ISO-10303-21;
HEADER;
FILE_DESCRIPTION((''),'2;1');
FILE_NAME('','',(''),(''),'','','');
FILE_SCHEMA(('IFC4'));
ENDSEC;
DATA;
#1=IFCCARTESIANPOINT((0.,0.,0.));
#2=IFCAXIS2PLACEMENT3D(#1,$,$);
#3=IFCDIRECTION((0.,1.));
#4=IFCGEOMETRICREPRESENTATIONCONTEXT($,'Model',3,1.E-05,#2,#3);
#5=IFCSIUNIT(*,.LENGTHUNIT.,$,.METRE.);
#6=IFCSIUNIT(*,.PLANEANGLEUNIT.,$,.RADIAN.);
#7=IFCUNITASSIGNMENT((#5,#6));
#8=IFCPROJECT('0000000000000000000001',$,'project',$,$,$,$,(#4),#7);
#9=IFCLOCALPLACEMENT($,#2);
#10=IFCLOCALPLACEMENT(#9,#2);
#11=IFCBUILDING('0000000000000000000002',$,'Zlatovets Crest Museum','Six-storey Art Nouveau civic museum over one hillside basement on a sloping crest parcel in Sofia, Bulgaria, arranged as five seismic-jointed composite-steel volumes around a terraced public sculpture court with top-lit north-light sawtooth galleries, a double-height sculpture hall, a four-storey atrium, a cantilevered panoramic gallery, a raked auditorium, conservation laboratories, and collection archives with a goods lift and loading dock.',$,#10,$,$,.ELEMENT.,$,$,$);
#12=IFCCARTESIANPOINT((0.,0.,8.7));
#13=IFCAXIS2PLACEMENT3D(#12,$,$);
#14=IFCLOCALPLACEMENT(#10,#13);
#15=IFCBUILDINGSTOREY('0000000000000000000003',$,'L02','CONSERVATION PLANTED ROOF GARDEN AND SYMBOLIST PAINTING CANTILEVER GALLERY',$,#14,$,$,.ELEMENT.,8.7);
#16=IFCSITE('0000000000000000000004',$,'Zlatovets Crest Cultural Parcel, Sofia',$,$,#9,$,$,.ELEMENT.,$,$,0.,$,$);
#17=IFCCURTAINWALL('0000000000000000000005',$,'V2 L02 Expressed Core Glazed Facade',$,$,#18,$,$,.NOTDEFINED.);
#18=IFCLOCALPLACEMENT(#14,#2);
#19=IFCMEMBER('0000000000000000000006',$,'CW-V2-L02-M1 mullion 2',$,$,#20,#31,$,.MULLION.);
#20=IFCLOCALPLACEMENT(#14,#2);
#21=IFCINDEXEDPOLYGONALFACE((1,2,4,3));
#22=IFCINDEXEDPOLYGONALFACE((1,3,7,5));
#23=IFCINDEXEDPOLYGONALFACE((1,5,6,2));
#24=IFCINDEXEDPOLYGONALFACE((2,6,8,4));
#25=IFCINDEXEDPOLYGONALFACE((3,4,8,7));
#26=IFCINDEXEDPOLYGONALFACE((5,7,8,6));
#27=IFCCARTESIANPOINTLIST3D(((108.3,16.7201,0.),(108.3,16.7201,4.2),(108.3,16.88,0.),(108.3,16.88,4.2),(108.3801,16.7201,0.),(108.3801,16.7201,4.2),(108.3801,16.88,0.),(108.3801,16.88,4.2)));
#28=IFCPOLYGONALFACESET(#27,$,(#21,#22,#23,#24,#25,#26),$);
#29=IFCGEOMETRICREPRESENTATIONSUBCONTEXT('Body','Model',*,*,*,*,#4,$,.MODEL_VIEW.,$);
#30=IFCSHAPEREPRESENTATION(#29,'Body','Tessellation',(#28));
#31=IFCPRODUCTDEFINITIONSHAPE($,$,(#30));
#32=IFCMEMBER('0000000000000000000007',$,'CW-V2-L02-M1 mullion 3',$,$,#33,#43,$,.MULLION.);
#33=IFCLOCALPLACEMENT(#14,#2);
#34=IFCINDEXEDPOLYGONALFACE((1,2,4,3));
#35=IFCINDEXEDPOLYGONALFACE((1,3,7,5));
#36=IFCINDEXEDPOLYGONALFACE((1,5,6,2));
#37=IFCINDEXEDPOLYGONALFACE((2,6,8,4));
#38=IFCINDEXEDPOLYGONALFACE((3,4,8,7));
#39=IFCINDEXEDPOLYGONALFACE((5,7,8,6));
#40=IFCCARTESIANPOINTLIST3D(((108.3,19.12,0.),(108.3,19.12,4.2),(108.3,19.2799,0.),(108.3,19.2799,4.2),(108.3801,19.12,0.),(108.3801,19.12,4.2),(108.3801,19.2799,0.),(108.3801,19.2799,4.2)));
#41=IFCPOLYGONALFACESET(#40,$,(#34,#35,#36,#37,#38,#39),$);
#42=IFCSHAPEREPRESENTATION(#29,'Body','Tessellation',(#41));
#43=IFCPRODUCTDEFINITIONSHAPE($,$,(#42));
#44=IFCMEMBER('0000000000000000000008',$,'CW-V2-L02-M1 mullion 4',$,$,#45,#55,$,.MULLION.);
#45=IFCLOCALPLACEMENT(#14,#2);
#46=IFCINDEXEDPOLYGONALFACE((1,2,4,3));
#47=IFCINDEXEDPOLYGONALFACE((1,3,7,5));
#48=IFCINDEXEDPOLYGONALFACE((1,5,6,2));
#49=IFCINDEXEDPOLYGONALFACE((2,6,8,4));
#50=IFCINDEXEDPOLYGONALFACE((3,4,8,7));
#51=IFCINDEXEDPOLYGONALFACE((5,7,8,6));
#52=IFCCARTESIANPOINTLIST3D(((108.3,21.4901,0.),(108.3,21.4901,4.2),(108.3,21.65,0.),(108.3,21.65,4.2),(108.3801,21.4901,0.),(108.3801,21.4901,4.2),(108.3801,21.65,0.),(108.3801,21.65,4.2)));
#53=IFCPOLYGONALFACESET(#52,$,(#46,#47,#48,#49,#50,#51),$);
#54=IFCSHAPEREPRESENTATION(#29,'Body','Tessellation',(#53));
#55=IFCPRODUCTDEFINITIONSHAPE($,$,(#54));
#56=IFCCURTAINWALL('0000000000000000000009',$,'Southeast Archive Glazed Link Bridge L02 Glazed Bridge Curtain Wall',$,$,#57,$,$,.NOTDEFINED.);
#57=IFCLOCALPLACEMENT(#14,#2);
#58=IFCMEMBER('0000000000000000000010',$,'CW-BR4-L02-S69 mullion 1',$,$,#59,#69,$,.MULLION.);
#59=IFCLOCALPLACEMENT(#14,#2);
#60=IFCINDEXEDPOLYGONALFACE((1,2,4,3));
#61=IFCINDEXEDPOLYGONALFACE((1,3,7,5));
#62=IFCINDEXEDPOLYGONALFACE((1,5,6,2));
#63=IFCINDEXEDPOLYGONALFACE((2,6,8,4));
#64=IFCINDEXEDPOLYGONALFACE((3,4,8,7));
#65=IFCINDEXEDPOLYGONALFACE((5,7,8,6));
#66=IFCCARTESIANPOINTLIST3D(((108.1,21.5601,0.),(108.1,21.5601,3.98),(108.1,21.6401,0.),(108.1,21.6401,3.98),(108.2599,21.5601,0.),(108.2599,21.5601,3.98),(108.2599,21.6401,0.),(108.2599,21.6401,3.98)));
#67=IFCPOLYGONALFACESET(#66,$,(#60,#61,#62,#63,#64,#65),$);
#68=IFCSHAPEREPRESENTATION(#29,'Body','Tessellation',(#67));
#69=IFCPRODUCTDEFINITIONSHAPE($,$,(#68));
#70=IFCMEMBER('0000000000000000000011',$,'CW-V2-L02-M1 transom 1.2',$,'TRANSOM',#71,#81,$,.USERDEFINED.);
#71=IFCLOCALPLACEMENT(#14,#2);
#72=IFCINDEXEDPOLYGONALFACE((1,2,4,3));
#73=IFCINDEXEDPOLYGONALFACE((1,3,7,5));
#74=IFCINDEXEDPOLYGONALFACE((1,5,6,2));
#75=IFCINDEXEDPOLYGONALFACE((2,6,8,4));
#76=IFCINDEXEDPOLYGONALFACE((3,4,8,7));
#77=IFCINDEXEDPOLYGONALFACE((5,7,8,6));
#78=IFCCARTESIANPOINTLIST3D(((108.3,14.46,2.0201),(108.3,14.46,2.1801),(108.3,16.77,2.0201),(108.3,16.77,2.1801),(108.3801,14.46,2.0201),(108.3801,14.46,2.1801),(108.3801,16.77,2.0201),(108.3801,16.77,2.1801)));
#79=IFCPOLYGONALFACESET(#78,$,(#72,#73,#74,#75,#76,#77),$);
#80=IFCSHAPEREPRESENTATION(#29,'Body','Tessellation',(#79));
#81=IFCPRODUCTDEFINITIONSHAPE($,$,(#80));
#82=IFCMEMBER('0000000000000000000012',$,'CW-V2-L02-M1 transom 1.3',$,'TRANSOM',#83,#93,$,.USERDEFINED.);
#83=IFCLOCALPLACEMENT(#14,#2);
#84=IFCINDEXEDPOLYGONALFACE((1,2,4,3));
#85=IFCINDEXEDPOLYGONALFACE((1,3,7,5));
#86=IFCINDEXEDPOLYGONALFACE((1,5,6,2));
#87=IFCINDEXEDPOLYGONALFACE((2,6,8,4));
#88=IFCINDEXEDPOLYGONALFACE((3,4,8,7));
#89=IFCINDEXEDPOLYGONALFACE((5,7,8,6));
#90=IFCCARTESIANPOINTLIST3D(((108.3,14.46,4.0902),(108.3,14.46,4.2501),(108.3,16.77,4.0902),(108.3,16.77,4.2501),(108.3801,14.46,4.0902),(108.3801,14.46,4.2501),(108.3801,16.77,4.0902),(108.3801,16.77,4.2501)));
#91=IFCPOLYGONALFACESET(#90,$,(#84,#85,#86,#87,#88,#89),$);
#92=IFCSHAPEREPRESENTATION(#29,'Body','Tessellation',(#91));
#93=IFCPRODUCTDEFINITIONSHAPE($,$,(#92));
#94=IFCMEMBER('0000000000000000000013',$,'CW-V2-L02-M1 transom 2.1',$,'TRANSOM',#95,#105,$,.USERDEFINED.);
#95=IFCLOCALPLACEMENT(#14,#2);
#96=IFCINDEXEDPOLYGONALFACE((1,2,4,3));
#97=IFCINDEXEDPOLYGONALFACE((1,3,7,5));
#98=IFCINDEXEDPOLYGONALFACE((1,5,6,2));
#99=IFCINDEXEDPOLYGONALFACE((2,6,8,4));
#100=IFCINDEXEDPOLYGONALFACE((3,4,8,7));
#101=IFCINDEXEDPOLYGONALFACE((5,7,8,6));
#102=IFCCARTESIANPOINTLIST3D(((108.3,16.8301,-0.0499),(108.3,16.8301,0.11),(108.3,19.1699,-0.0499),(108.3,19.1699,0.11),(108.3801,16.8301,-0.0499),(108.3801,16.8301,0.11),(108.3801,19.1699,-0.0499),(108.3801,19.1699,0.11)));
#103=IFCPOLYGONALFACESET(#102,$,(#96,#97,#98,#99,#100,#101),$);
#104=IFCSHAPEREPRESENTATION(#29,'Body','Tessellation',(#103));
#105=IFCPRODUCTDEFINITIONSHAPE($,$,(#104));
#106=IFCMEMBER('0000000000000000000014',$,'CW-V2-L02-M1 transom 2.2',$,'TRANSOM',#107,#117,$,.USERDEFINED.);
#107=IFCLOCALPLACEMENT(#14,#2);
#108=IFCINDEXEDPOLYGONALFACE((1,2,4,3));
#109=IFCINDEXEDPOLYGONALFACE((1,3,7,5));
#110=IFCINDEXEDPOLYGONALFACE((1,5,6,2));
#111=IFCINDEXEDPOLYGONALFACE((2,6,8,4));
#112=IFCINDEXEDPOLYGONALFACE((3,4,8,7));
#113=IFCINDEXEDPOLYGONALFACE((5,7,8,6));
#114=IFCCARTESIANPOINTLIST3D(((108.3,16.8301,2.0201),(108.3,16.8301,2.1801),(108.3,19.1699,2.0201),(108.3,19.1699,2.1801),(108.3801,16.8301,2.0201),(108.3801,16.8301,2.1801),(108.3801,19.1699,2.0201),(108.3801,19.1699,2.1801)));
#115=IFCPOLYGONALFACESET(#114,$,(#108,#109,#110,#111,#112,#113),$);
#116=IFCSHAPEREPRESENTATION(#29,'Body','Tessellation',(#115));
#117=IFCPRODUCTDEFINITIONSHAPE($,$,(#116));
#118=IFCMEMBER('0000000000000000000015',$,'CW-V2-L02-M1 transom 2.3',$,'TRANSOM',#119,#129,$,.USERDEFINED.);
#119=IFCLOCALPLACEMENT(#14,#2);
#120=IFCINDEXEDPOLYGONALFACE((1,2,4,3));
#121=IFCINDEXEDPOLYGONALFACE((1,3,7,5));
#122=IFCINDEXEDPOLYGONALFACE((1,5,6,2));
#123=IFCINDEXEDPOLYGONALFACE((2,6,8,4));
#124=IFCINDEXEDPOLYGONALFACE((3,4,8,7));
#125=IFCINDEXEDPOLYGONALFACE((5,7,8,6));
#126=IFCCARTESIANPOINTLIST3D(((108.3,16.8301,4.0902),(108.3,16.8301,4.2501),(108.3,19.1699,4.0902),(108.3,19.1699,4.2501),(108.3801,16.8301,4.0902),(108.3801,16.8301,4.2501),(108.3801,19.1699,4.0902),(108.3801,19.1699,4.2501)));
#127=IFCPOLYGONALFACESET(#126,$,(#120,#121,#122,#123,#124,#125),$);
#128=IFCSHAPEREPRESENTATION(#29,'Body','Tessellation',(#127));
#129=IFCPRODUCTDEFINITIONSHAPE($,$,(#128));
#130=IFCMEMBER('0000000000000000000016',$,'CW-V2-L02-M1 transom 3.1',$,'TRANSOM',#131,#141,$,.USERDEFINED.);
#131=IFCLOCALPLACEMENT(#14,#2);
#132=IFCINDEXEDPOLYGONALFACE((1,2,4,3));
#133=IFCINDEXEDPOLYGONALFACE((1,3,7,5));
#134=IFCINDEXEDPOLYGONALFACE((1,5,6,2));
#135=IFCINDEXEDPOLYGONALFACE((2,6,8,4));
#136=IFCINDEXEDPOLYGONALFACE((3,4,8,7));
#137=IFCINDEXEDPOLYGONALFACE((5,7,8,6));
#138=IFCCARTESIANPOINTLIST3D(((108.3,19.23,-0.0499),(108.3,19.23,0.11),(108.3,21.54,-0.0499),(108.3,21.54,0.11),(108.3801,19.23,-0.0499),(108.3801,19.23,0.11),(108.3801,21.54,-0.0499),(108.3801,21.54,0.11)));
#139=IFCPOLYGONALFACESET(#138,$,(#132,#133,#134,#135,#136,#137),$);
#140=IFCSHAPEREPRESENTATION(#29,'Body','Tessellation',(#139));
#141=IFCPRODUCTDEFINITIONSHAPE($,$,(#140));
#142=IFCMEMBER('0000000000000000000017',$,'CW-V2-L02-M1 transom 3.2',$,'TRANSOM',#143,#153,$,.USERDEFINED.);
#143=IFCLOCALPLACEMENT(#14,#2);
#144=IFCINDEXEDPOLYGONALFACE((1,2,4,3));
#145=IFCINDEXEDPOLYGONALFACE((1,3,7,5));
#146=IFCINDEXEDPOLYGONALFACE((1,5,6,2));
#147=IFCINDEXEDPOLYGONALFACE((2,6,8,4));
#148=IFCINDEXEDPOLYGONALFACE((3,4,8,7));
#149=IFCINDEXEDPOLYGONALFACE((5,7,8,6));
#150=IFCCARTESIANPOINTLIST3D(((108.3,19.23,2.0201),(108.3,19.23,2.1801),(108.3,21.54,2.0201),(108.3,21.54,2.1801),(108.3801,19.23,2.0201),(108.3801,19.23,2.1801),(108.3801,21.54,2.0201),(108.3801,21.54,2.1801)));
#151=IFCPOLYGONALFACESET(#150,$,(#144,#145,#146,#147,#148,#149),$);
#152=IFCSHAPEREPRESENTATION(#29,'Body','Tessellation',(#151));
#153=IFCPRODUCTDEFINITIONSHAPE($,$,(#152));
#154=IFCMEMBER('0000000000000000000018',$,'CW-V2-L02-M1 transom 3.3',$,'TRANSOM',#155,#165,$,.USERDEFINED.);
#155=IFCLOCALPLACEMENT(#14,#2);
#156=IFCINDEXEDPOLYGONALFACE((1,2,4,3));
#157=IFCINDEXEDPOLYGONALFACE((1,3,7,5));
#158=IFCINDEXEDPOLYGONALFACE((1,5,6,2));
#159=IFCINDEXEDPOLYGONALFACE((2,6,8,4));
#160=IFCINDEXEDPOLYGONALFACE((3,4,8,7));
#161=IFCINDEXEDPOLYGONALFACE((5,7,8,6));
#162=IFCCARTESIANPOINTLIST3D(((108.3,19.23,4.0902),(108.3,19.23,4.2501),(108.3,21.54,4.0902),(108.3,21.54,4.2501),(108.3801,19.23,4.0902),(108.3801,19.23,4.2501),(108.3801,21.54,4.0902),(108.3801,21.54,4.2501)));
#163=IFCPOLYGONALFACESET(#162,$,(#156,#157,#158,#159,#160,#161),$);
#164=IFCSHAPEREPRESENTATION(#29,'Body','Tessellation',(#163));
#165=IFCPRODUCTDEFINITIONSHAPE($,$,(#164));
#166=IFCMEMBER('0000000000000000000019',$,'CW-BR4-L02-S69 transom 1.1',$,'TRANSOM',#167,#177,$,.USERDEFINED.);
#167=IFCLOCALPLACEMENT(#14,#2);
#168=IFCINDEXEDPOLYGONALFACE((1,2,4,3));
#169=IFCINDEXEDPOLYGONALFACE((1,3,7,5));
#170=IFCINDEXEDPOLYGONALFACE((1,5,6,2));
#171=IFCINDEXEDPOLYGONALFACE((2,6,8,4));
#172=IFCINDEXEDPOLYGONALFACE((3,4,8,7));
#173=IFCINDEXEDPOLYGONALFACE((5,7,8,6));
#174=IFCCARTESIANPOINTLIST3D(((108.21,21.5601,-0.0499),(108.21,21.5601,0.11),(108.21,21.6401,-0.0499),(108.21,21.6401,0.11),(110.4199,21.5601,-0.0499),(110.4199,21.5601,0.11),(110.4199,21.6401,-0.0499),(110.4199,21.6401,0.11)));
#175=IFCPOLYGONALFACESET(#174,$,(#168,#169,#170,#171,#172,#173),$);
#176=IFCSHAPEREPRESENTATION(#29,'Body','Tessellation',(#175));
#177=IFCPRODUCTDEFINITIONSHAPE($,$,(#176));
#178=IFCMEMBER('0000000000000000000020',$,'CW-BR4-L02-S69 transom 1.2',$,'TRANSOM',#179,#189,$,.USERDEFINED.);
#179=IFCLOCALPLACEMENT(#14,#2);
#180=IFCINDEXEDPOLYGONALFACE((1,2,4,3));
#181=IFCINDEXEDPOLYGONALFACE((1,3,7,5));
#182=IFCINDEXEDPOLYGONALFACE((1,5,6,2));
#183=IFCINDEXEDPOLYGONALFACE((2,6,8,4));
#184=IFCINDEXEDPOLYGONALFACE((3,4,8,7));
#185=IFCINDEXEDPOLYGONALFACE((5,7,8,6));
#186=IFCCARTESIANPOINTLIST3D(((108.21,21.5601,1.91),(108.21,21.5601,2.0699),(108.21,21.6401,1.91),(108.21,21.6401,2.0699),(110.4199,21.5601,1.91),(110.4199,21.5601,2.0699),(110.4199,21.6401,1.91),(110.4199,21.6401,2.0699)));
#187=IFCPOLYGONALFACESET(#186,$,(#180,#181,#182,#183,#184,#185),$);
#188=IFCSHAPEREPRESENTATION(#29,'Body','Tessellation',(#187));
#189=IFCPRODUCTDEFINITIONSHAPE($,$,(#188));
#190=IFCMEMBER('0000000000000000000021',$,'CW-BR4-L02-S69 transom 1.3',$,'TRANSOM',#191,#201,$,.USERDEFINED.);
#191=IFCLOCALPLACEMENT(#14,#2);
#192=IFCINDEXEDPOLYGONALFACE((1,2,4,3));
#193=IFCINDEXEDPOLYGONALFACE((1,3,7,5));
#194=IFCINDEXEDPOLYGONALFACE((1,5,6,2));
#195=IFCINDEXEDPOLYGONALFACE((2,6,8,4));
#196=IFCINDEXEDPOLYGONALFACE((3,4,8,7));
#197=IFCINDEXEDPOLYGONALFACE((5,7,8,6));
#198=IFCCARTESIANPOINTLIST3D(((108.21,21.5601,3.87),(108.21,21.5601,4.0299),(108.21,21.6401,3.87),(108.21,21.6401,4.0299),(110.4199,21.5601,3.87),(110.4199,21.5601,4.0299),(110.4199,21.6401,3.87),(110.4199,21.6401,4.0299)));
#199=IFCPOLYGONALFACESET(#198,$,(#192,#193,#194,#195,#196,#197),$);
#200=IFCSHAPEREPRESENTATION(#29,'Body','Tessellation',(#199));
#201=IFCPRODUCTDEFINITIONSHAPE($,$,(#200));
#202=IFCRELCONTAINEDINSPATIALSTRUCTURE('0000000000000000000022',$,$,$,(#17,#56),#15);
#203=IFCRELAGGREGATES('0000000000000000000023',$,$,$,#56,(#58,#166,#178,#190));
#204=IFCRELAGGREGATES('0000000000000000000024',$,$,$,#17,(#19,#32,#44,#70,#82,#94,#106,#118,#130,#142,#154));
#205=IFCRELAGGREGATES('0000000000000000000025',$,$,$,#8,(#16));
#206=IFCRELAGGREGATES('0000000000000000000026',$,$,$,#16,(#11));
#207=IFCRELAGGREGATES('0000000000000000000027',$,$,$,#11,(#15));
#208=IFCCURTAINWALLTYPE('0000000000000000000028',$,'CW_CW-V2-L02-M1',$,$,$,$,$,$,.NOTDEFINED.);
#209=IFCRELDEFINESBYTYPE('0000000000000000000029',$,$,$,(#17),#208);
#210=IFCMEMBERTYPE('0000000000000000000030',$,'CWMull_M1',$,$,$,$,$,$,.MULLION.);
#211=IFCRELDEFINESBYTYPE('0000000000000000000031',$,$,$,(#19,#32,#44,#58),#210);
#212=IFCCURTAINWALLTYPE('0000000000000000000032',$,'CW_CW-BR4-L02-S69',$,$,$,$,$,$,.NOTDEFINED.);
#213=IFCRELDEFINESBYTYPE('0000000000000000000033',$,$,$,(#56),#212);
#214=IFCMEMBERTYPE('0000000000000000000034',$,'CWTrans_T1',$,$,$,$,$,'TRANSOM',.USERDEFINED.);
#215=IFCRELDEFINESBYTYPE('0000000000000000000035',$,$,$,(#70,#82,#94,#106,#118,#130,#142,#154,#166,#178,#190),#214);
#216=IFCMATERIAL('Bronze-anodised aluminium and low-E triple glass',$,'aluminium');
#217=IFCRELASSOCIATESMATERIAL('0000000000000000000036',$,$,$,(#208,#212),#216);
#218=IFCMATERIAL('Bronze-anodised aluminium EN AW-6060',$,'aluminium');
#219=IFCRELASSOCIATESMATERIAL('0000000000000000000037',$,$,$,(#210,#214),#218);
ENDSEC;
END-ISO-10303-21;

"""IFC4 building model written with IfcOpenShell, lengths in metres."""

from ifc_helpers import new_model, si_unit, direction, frame, origin, origin_2d, place, context, subcontext, project, spatial, rectangle, extrude, material, material_profile, profile_set, type_object, element, aggregate, save


model = new_model("IFC4")

# Units and contexts
model_context = context("Model", 3, precision=1e-05, world=origin(), true_north=direction((0.0, 1.0)))
body_context = subcontext(model_context, "Body", "Model", "MODEL_VIEW")
ifc_project = project(units=[si_unit("LENGTHUNIT", "METRE"), si_unit("PLANEANGLEUNIT", "RADIAN")], contexts=[model_context])

# Site, building, storey
site_placement = place(None, origin())
site = spatial("IfcSite", under=ifc_project, at=site_placement, Name="Zlatovets Crest Cultural Parcel, Sofia", CompositionType="ELEMENT", RefElevation=0.0)
building_placement = place(site_placement, origin())
building = spatial("IfcBuilding", under=site, at=building_placement, Name="Zlatovets Crest Museum", Description="Six-storey Art Nouveau civic museum over one hillside basement on a sloping crest parcel in Sofia, Bulgaria, arranged as five seismic-jointed composite-steel volumes around a terraced public sculpture court with top-lit north-light sawtooth galleries, a double-height sculpture hall, a four-storey atrium, a cantilevered panoramic gallery, a raked auditorium, conservation laboratories, and collection archives with a goods lift and loading dock.", CompositionType="ELEMENT")
storey_placement = place(building_placement, frame((0.0, 0.0, 8.7)))
storey = spatial("IfcBuildingStorey", under=building, at=storey_placement, Name="L02", Description="CONSERVATION PLANTED ROOF GARDEN AND SYMBOLIST PAINTING CANTILEVER GALLERY", CompositionType="ELEMENT", Elevation=8.7)

# Curtain wall, members
ifc_material_1 = material(Name="Bronze-anodised aluminium and low-E triple glass", Category="aluminium")
curtain_wall_type_1 = type_object("IfcCurtainWallType", Name="CW_CW-V2-L02-M1", PredefinedType="NOTDEFINED", material=ifc_material_1)
curtain_wall_1_placement = place(storey_placement, origin())
curtain_wall_1 = element("IfcCurtainWall", 1, at=curtain_wall_1_placement, inside=storey, type_object=curtain_wall_type_1, Name="V2 L02 Expressed Core Glazed Facade", PredefinedType="NOTDEFINED")
ifc_material_2 = material(Name="Bronze-anodised aluminium EN AW-6060", Category="aluminium")
ifc_material_profile_1 = material_profile(ifc_material_2, rectangle(XDim=0.0801, YDim=0.1599, at=origin_2d()), Name="ALU 80x160")
ifc_profile_set_1 = profile_set([ifc_material_profile_1], Name="Bronze-anodised aluminium EN AW-6060")
member_type_1 = type_object("IfcMemberType", Name="CWMull_M1", PredefinedType="MULLION", material=ifc_profile_set_1)
member_1_placement = place(storey_placement, frame((108.3401, 16.8, 0.0), z_axis=(0.0, 0.0, 1.0), x_axis=(-1.0, 0.0, 0.0)))
member_1 = element("IfcMember", 2, at=member_1_placement, type_object=member_type_1, Name="CW-V2-L02-M1 mullion 2", PredefinedType="MULLION", context=body_context, shape_type="SweptSolid", body=[
    extrude(rectangle(XDim=0.0801, YDim=0.1599, at=origin_2d()), origin(), (0.0, 0.0, 1.0), 4.2),
])
member_2_placement = place(storey_placement, frame((108.3401, 19.2, 0.0), z_axis=(0.0, 0.0, 1.0), x_axis=(-1.0, 0.0, 0.0)))
member_2 = element("IfcMember", 3, at=member_2_placement, type_object=member_type_1, Name="CW-V2-L02-M1 mullion 3", PredefinedType="MULLION", context=body_context, shape_type="SweptSolid", body=[
    extrude(rectangle(XDim=0.0801, YDim=0.1599, at=origin_2d()), origin(), (0.0, 0.0, 1.0), 4.2),
])
member_3_placement = place(storey_placement, frame((108.3401, 21.5701, 0.0), z_axis=(0.0, 0.0, 1.0), x_axis=(-1.0, 0.0, 0.0)))
member_3 = element("IfcMember", 4, at=member_3_placement, type_object=member_type_1, Name="CW-V2-L02-M1 mullion 4", PredefinedType="MULLION", context=body_context, shape_type="SweptSolid", body=[
    extrude(rectangle(XDim=0.0801, YDim=0.1599, at=origin_2d()), origin(), (0.0, 0.0, 1.0), 4.2),
])

# Curtain wall, member
curtain_wall_type_2 = type_object("IfcCurtainWallType", Name="CW_CW-BR4-L02-S69", PredefinedType="NOTDEFINED", material=ifc_material_1)
curtain_wall_2_placement = place(storey_placement, origin())
curtain_wall_2 = element("IfcCurtainWall", 5, at=curtain_wall_2_placement, inside=storey, type_object=curtain_wall_type_2, Name="Southeast Archive Glazed Link Bridge L02 Glazed Bridge Curtain Wall", PredefinedType="NOTDEFINED")
member_4_placement = place(storey_placement, frame((108.1799, 21.6001, 0.0), z_axis=(0.0, 0.0, 1.0), x_axis=(0.0, 1.0, 0.0)))
member_4 = element("IfcMember", 6, at=member_4_placement, type_object=member_type_1, Name="CW-BR4-L02-S69 mullion 1", PredefinedType="MULLION", context=body_context, shape_type="SweptSolid", body=[
    extrude(rectangle(XDim=0.0801, YDim=0.1599, at=origin_2d()), origin(), (0.0, 0.0, 1.0), 3.98),
])

# Members
ifc_material_profile_2 = material_profile(ifc_material_2, rectangle(XDim=0.0801, YDim=0.1599, at=origin_2d()), Name="ALU 80x160")
ifc_profile_set_2 = profile_set([ifc_material_profile_2], Name="Bronze-anodised aluminium EN AW-6060")
member_type_2 = type_object("IfcMemberType", Name="CWTrans_T1", ElementType="TRANSOM", PredefinedType="USERDEFINED", material=ifc_profile_set_2)
member_5_placement = place(storey_placement, frame((108.3401, 14.46, 2.1001), z_axis=(0.0, 1.0, 0.0), x_axis=(-1.0, 0.0, 0.0)))
member_5 = element("IfcMember", 7, at=member_5_placement, type_object=member_type_2, Name="CW-V2-L02-M1 transom 1.2", ObjectType="TRANSOM", PredefinedType="USERDEFINED", context=body_context, shape_type="SweptSolid", body=[
    extrude(rectangle(XDim=0.0801, YDim=0.1599, at=origin_2d()), origin(), (0.0, 0.0, 1.0), 2.3101),
])
member_6_placement = place(storey_placement, frame((108.3401, 14.46, 4.1702), z_axis=(0.0, 1.0, 0.0), x_axis=(-1.0, 0.0, 0.0)))
member_6 = element("IfcMember", 8, at=member_6_placement, type_object=member_type_2, Name="CW-V2-L02-M1 transom 1.3", ObjectType="TRANSOM", PredefinedType="USERDEFINED", context=body_context, shape_type="SweptSolid", body=[
    extrude(rectangle(XDim=0.0801, YDim=0.1599, at=origin_2d()), origin(), (0.0, 0.0, 1.0), 2.3101),
])
member_7_placement = place(storey_placement, frame((108.3401, 16.8301, 0.03), z_axis=(0.0, 1.0, 0.0), x_axis=(-1.0, 0.0, 0.0)))
member_7 = element("IfcMember", 9, at=member_7_placement, type_object=member_type_2, Name="CW-V2-L02-M1 transom 2.1", ObjectType="TRANSOM", PredefinedType="USERDEFINED", context=body_context, shape_type="SweptSolid", body=[
    extrude(rectangle(XDim=0.0801, YDim=0.1599, at=origin_2d()), origin(), (0.0, 0.0, 1.0), 2.3398),
])
member_8_placement = place(storey_placement, frame((108.3401, 16.8301, 2.1001), z_axis=(0.0, 1.0, 0.0), x_axis=(-1.0, 0.0, 0.0)))
member_8 = element("IfcMember", 10, at=member_8_placement, type_object=member_type_2, Name="CW-V2-L02-M1 transom 2.2", ObjectType="TRANSOM", PredefinedType="USERDEFINED", context=body_context, shape_type="SweptSolid", body=[
    extrude(rectangle(XDim=0.0801, YDim=0.1599, at=origin_2d()), origin(), (0.0, 0.0, 1.0), 2.3398),
])
member_9_placement = place(storey_placement, frame((108.3401, 16.8301, 4.1702), z_axis=(0.0, 1.0, 0.0), x_axis=(-1.0, 0.0, 0.0)))
member_9 = element("IfcMember", 11, at=member_9_placement, type_object=member_type_2, Name="CW-V2-L02-M1 transom 2.3", ObjectType="TRANSOM", PredefinedType="USERDEFINED", context=body_context, shape_type="SweptSolid", body=[
    extrude(rectangle(XDim=0.0801, YDim=0.1599, at=origin_2d()), origin(), (0.0, 0.0, 1.0), 2.3398),
])
member_10_placement = place(storey_placement, frame((108.3401, 19.23, 0.03), z_axis=(0.0, 1.0, 0.0), x_axis=(-1.0, 0.0, 0.0)))
member_10 = element("IfcMember", 12, at=member_10_placement, type_object=member_type_2, Name="CW-V2-L02-M1 transom 3.1", ObjectType="TRANSOM", PredefinedType="USERDEFINED", context=body_context, shape_type="SweptSolid", body=[
    extrude(rectangle(XDim=0.0801, YDim=0.1599, at=origin_2d()), origin(), (0.0, 0.0, 1.0), 2.3101),
])
member_11_placement = place(storey_placement, frame((108.3401, 19.23, 2.1001), z_axis=(0.0, 1.0, 0.0), x_axis=(-1.0, 0.0, 0.0)))
member_11 = element("IfcMember", 13, at=member_11_placement, type_object=member_type_2, Name="CW-V2-L02-M1 transom 3.2", ObjectType="TRANSOM", PredefinedType="USERDEFINED", context=body_context, shape_type="SweptSolid", body=[
    extrude(rectangle(XDim=0.0801, YDim=0.1599, at=origin_2d()), origin(), (0.0, 0.0, 1.0), 2.3101),
])
member_12_placement = place(storey_placement, frame((108.3401, 19.23, 4.1702), z_axis=(0.0, 1.0, 0.0), x_axis=(-1.0, 0.0, 0.0)))
member_12 = element("IfcMember", 14, at=member_12_placement, type_object=member_type_2, Name="CW-V2-L02-M1 transom 3.3", ObjectType="TRANSOM", PredefinedType="USERDEFINED", context=body_context, shape_type="SweptSolid", body=[
    extrude(rectangle(XDim=0.0801, YDim=0.1599, at=origin_2d()), origin(), (0.0, 0.0, 1.0), 2.3101),
])
member_13_placement = place(storey_placement, frame((108.21, 21.6001, 0.03), z_axis=(1.0, 0.0, 0.0), x_axis=(0.0, 1.0, 0.0)))
member_13 = element("IfcMember", 15, at=member_13_placement, type_object=member_type_2, Name="CW-BR4-L02-S69 transom 1.1", ObjectType="TRANSOM", PredefinedType="USERDEFINED", context=body_context, shape_type="SweptSolid", body=[
    extrude(rectangle(XDim=0.0801, YDim=0.1599, at=origin_2d()), origin(), (0.0, 0.0, 1.0), 2.21),
])
member_14_placement = place(storey_placement, frame((108.21, 21.6001, 1.99), z_axis=(1.0, 0.0, 0.0), x_axis=(0.0, 1.0, 0.0)))
member_14 = element("IfcMember", 16, at=member_14_placement, type_object=member_type_2, Name="CW-BR4-L02-S69 transom 1.2", ObjectType="TRANSOM", PredefinedType="USERDEFINED", context=body_context, shape_type="SweptSolid", body=[
    extrude(rectangle(XDim=0.0801, YDim=0.1599, at=origin_2d()), origin(), (0.0, 0.0, 1.0), 2.21),
])
member_15_placement = place(storey_placement, frame((108.21, 21.6001, 3.95), z_axis=(1.0, 0.0, 0.0), x_axis=(0.0, 1.0, 0.0)))
member_15 = element("IfcMember", 17, at=member_15_placement, type_object=member_type_2, Name="CW-BR4-L02-S69 transom 1.3", ObjectType="TRANSOM", PredefinedType="USERDEFINED", context=body_context, shape_type="SweptSolid", body=[
    extrude(rectangle(XDim=0.0801, YDim=0.1599, at=origin_2d()), origin(), (0.0, 0.0, 1.0), 2.21),
])
aggregate(curtain_wall_2, [member_4, member_13, member_14, member_15])

aggregate(curtain_wall_1, [member_1, member_2, member_3, member_5, member_6, member_7, member_8, member_9, member_10, member_11, member_12])

save(model, "model.ifc")
